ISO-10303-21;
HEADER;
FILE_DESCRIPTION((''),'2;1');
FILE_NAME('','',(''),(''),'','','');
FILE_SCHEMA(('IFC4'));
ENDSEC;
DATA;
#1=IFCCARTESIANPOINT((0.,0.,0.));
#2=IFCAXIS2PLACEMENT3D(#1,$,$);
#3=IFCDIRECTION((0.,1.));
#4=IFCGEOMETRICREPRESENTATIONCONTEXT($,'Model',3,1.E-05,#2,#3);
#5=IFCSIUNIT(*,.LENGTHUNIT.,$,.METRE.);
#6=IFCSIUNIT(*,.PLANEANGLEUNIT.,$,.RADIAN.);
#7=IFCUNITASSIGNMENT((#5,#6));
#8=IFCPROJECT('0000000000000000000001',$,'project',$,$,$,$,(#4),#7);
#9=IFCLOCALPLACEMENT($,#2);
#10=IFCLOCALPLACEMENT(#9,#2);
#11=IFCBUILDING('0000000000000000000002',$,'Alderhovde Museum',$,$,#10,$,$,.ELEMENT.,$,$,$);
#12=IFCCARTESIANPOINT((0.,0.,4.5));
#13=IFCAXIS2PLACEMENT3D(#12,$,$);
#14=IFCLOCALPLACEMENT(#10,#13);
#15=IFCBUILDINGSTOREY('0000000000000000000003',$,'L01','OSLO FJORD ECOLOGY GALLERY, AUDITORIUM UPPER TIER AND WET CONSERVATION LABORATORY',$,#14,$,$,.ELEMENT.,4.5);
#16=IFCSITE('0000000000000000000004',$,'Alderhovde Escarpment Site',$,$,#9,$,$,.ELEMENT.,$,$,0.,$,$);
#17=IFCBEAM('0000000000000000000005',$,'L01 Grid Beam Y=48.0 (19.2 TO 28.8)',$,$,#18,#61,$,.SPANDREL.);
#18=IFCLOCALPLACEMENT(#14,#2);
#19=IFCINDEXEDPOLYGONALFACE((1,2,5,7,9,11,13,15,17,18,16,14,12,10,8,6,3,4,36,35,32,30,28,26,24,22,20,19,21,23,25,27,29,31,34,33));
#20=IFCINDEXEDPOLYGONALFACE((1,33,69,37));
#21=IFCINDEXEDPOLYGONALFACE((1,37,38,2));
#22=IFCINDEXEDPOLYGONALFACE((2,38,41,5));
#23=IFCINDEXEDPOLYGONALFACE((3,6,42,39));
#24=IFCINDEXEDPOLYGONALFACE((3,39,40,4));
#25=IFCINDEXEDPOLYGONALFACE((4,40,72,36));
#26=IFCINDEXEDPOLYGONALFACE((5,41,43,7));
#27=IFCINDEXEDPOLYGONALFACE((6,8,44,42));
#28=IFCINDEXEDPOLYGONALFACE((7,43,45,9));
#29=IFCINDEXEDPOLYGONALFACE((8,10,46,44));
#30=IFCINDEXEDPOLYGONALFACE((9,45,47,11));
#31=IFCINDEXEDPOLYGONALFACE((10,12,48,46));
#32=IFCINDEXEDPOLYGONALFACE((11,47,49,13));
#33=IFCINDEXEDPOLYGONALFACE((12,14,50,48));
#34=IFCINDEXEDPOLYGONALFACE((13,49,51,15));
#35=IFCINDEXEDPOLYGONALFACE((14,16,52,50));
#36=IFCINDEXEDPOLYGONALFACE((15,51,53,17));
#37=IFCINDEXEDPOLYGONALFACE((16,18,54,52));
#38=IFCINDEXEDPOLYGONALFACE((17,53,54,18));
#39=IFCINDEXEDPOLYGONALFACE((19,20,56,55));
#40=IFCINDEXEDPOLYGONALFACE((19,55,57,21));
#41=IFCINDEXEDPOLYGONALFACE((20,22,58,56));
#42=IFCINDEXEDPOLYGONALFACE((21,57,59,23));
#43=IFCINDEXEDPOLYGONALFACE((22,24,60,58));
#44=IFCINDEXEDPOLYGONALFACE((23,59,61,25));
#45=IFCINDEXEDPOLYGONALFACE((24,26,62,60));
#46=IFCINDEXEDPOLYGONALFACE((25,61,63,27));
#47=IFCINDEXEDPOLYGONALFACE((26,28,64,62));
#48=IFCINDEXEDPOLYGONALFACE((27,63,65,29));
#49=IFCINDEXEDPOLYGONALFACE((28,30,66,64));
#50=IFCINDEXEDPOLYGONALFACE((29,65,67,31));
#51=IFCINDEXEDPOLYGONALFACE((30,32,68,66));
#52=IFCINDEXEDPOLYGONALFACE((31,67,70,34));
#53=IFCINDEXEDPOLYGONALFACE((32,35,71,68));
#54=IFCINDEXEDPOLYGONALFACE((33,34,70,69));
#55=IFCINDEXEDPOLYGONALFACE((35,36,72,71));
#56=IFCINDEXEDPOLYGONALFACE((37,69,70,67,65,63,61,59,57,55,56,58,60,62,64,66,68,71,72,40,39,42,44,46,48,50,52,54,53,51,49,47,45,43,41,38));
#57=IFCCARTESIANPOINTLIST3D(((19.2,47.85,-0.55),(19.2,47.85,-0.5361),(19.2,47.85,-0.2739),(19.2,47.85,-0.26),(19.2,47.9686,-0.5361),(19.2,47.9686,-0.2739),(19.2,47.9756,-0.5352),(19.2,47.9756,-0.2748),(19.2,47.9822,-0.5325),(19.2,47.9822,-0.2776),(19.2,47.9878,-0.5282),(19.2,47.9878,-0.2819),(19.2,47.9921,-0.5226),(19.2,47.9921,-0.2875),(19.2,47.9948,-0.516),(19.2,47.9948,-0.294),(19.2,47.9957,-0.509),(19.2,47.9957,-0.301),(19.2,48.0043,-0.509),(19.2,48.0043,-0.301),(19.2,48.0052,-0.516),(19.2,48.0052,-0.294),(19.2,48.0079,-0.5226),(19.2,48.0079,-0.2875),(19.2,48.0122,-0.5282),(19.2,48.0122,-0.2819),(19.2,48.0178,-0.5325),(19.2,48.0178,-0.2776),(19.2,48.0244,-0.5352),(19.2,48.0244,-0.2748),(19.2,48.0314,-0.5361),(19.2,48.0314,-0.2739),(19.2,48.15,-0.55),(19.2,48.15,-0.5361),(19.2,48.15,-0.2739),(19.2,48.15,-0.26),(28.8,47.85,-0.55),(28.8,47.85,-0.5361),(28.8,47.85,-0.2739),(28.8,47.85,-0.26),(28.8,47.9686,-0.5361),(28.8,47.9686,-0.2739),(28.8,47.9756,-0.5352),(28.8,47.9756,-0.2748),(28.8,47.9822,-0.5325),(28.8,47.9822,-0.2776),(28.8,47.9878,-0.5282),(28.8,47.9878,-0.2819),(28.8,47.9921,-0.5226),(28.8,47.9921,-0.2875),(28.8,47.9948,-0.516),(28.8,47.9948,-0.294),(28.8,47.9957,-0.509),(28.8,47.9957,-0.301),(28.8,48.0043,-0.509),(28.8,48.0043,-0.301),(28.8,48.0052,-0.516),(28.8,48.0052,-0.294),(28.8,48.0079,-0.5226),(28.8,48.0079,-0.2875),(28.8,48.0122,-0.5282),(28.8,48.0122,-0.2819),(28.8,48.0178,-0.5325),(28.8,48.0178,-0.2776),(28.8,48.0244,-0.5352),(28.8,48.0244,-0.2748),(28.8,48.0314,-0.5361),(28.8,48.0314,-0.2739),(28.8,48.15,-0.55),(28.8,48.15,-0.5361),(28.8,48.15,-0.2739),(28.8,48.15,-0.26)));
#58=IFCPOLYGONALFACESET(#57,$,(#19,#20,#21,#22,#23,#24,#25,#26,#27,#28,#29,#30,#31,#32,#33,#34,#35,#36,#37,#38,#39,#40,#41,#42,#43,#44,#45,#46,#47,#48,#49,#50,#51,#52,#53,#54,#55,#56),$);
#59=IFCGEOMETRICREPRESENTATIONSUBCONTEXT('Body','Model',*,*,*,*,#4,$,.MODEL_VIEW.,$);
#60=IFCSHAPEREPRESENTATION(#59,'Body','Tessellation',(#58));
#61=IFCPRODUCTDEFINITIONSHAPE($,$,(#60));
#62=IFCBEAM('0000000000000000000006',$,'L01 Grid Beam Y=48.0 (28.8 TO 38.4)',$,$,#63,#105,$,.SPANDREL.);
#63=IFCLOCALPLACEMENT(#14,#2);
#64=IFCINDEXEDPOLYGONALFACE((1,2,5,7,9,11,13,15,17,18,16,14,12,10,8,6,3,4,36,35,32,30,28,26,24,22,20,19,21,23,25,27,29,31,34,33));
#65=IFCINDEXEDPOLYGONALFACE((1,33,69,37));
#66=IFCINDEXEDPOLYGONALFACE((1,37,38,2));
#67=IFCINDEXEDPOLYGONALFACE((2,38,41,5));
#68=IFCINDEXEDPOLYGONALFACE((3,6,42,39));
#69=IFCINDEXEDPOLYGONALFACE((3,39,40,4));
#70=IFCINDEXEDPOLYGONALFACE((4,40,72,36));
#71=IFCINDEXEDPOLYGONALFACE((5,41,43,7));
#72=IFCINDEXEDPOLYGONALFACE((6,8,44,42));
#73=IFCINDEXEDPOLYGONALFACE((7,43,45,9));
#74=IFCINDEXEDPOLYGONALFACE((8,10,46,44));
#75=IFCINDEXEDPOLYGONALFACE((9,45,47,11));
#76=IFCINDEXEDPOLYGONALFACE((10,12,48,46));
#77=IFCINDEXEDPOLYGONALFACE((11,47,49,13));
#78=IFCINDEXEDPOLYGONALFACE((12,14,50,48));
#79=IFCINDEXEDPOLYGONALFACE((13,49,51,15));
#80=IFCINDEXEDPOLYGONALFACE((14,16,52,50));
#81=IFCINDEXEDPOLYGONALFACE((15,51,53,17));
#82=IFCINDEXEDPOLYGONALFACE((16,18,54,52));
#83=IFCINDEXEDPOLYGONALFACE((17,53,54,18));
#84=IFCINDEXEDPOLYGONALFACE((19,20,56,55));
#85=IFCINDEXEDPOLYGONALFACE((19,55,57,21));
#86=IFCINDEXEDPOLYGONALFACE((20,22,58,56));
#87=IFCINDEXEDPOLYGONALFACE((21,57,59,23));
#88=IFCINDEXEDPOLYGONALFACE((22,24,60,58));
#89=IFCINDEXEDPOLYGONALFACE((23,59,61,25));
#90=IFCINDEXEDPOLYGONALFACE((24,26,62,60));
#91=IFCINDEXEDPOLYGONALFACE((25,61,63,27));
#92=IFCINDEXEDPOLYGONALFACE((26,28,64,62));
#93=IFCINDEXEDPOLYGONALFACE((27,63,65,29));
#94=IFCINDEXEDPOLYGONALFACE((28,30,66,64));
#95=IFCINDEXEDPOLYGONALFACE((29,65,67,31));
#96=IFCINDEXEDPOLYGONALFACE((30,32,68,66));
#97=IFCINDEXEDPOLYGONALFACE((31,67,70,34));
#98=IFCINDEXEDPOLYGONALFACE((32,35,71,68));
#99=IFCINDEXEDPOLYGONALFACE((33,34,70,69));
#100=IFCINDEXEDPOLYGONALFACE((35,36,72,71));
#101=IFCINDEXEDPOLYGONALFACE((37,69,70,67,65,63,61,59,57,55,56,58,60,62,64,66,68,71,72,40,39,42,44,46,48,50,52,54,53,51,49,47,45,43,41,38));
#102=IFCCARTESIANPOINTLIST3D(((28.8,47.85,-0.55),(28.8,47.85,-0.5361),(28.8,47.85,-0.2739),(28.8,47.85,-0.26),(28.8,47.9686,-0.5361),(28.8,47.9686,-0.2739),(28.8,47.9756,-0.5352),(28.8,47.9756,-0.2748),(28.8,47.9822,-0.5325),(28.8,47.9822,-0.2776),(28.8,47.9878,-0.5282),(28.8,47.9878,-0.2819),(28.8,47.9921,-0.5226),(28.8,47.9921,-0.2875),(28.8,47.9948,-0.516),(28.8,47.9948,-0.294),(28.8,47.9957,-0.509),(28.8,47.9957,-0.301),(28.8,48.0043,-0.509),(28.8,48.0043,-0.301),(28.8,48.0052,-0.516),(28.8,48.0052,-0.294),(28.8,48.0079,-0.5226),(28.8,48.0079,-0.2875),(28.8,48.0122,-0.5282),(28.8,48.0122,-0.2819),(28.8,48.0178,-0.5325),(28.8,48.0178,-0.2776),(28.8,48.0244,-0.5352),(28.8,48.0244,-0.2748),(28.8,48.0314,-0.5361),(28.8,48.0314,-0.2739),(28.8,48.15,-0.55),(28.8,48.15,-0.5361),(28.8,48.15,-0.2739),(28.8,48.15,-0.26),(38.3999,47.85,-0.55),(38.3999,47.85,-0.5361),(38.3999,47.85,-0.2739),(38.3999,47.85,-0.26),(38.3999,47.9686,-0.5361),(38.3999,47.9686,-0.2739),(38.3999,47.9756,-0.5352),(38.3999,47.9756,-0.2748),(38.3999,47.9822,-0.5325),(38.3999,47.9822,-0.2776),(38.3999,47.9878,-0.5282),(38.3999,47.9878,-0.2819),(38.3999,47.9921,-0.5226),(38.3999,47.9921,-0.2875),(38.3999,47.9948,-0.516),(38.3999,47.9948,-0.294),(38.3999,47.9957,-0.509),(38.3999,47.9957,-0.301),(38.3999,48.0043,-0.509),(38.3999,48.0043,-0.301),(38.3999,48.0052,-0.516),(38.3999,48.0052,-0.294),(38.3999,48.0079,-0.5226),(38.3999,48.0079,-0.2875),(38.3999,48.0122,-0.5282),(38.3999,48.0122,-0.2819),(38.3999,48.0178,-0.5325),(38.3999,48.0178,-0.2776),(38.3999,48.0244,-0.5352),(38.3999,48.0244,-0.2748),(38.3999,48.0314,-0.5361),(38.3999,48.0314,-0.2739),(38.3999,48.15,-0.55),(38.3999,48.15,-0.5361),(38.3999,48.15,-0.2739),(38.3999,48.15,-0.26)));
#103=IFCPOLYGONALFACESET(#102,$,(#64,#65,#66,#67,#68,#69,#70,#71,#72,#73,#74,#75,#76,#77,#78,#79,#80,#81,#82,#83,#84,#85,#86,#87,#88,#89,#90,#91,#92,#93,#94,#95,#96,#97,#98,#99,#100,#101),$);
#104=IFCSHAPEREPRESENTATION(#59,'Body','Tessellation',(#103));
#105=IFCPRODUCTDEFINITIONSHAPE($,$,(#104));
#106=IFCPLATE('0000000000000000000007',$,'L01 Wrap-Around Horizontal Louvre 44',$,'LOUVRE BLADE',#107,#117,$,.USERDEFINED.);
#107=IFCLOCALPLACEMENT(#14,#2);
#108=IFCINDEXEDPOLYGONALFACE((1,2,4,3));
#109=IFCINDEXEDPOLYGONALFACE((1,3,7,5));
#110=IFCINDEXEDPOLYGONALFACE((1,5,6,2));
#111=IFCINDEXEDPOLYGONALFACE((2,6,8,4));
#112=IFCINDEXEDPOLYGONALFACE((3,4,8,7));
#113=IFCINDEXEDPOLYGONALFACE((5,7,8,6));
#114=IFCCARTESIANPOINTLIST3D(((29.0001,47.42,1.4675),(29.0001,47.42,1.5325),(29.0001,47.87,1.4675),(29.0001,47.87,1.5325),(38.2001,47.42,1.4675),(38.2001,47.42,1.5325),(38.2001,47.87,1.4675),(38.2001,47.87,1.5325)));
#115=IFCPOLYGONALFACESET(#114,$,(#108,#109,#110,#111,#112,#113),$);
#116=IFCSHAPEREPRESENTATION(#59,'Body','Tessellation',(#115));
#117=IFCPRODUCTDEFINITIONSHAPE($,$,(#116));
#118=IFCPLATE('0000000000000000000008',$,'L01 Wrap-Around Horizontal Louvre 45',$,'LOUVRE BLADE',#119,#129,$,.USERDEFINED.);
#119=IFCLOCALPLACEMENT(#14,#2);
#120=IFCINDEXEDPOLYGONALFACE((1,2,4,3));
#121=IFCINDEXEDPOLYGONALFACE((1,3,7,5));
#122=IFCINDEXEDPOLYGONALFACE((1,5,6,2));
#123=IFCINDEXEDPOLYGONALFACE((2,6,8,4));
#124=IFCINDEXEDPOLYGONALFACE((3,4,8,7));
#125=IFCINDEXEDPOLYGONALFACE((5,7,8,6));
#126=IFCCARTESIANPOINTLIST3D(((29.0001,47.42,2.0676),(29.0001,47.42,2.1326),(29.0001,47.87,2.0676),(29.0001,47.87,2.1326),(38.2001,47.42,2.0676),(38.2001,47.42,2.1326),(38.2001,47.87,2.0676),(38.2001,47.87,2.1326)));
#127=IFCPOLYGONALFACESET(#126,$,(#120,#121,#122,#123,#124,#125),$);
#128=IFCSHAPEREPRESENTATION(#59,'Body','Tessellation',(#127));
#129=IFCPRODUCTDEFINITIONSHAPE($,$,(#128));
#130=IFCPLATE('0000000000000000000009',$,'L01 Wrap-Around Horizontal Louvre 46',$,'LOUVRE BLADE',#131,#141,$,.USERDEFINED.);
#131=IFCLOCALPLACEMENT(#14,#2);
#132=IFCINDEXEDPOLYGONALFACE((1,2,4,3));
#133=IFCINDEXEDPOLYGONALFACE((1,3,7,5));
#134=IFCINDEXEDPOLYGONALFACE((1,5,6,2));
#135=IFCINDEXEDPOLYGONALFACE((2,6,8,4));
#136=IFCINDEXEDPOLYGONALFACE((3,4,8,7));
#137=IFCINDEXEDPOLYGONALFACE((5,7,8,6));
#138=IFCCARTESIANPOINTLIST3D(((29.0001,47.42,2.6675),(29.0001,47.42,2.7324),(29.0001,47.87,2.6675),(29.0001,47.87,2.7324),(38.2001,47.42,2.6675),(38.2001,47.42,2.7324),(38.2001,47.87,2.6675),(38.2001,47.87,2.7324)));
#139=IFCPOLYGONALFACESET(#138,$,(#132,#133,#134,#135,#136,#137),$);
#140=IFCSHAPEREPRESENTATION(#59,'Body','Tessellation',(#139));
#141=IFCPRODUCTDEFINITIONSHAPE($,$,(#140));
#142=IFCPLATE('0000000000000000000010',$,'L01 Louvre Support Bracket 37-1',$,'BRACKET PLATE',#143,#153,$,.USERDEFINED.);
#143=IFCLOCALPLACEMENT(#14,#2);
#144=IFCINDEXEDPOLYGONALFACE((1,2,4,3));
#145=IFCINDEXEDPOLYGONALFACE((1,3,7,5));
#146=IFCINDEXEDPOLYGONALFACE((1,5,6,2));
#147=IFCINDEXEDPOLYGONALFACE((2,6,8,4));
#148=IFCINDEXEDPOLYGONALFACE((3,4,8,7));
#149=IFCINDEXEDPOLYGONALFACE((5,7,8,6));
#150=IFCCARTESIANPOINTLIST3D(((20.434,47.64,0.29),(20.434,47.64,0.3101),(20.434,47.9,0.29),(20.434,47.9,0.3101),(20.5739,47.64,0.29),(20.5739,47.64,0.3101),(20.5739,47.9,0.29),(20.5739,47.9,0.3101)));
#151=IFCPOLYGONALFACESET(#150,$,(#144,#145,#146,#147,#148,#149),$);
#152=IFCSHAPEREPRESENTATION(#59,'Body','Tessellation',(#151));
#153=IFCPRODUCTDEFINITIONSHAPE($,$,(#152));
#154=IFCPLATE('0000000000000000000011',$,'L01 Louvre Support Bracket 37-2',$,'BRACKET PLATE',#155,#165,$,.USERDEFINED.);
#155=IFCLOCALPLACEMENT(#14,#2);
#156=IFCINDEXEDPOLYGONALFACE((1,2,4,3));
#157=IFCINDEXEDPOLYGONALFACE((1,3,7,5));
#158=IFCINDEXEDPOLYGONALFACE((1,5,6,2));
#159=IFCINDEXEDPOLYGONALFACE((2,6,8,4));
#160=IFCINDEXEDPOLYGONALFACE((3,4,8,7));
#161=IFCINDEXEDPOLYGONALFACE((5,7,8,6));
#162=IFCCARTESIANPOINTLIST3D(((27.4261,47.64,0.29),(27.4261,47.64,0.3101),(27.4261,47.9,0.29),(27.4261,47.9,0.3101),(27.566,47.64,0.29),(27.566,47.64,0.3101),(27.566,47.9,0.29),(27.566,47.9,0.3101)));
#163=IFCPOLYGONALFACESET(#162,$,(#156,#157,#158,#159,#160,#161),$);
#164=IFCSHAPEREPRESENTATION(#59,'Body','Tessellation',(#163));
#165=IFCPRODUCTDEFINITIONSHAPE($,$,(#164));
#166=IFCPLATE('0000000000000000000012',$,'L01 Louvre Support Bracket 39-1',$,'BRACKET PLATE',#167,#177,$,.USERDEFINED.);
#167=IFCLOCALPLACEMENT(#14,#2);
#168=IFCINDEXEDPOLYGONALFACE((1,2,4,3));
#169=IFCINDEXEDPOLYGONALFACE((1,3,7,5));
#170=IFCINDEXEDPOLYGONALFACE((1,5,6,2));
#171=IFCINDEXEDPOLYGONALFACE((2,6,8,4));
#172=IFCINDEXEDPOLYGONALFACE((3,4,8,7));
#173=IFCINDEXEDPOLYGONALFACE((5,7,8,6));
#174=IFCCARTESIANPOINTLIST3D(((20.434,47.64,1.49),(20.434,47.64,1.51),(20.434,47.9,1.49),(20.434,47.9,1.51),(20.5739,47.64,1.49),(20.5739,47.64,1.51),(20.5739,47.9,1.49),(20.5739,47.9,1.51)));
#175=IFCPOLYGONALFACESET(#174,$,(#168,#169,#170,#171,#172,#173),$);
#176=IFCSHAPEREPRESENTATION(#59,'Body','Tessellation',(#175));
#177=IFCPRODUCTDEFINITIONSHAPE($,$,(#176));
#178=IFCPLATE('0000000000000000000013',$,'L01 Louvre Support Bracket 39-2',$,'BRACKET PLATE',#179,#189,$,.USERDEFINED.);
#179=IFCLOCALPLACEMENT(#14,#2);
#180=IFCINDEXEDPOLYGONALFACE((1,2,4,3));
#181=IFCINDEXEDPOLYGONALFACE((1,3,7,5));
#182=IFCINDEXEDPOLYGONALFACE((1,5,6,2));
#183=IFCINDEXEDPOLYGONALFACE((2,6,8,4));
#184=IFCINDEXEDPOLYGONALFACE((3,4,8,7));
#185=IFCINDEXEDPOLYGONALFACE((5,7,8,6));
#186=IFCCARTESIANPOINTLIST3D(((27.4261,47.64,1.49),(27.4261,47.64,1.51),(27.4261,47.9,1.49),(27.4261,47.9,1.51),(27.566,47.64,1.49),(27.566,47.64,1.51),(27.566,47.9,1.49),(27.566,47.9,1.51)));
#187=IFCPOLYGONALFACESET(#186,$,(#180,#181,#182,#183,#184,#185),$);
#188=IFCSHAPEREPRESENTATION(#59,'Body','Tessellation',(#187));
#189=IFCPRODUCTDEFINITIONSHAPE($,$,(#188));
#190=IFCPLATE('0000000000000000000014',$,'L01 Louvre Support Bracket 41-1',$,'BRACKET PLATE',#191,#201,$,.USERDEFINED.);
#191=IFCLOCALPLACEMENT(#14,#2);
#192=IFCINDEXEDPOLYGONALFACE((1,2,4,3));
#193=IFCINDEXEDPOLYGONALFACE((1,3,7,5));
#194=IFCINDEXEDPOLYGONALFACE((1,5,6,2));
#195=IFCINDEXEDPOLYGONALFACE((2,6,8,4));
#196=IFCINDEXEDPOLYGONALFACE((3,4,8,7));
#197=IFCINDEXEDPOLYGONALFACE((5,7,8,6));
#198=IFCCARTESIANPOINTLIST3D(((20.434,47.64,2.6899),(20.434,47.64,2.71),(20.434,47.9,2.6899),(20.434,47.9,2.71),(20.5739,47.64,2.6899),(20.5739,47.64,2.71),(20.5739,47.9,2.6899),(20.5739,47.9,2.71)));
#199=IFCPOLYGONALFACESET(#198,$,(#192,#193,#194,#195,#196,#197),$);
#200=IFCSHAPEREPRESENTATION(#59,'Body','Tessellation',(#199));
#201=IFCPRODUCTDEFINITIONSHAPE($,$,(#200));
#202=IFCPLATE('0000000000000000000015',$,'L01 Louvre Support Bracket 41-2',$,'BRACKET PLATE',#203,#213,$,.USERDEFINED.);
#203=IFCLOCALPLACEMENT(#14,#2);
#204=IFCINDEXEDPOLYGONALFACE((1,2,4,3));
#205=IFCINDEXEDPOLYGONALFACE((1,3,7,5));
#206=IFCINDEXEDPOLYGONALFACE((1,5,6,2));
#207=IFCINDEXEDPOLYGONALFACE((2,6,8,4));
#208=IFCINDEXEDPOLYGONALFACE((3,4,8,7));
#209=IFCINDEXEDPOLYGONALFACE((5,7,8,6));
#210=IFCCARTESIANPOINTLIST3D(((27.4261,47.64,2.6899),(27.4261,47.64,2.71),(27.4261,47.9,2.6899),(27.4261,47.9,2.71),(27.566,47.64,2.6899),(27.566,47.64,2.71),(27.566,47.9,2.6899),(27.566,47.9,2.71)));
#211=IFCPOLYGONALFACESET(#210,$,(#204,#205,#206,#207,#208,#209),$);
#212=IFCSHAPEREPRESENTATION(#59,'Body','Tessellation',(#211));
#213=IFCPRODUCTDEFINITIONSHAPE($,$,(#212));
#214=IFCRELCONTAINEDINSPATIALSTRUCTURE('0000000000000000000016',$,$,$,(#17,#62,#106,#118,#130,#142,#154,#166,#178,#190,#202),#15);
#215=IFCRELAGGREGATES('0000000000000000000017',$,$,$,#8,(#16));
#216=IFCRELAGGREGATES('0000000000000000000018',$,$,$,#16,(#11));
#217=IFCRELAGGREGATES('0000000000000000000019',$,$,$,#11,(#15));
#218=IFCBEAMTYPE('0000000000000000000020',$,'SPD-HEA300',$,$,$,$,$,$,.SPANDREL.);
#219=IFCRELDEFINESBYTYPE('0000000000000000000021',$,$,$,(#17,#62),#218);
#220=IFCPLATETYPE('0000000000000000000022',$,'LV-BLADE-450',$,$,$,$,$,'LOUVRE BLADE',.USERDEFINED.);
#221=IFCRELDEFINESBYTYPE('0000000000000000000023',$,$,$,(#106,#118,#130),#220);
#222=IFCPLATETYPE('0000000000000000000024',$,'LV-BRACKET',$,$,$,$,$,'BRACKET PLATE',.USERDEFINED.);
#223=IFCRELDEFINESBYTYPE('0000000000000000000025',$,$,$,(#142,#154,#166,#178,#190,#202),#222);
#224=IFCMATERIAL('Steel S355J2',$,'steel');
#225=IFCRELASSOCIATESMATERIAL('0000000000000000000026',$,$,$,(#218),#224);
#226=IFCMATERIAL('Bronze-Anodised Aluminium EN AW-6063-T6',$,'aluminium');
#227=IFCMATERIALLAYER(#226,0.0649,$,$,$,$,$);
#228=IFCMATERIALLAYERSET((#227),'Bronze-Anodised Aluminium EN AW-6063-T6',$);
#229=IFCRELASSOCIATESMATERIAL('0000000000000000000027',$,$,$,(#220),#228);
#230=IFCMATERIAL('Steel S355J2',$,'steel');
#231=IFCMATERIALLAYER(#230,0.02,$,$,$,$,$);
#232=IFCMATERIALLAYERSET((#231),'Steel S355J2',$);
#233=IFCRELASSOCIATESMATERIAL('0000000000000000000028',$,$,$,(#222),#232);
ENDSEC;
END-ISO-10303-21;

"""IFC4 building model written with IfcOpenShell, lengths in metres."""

from ifc_helpers import new_model, si_unit, direction, frame, origin, origin_2d, place, context, subcontext, project, spatial, rectangle, i_section, extrude, material, layer, layer_set, material_profile, profile_set, type_object, element, save


model = new_model("IFC4")

# Units and contexts
model_context = context("Model", 3, precision=1e-05, world=origin(), true_north=direction((0.0, 1.0)))
body_context = subcontext(model_context, "Body", "Model", "MODEL_VIEW")
ifc_project = project(units=[si_unit("LENGTHUNIT", "METRE"), si_unit("PLANEANGLEUNIT", "RADIAN")], contexts=[model_context])

# Site, building, storey
site_placement = place(None, origin())
site = spatial("IfcSite", under=ifc_project, at=site_placement, Name="Alderhovde Escarpment Site", CompositionType="ELEMENT", RefElevation=0.0)
building_placement = place(site_placement, origin())
building = spatial("IfcBuilding", under=site, at=building_placement, Name="Alderhovde Museum", CompositionType="ELEMENT")
storey_placement = place(building_placement, frame((0.0, 0.0, 4.5)))
storey = spatial("IfcBuildingStorey", under=building, at=storey_placement, Name="L01", Description="OSLO FJORD ECOLOGY GALLERY, AUDITORIUM UPPER TIER AND WET CONSERVATION LABORATORY", CompositionType="ELEMENT", Elevation=4.5)

# Beams
ifc_material_1 = material(Name="Steel S355J2", Category="steel")
ifc_material_profile_1 = material_profile(ifc_material_1, i_section(OverallWidth=0.3, OverallDepth=0.29, WebThickness=0.0085, FlangeThickness=0.0139, FilletRadius=0.0271, at=origin_2d()), Name="HEA 300")
ifc_profile_set_1 = profile_set([ifc_material_profile_1], Name="Steel S355J2")
beam_type_1 = type_object("IfcBeamType", Name="SPD-HEA300", PredefinedType="SPANDREL", material=ifc_profile_set_1)
beam_1_placement = place(storey_placement, frame((19.2, 48.0, -0.405), z_axis=(1.0, 0.0, 0.0), x_axis=(0.0, 1.0, 0.0)))
element("IfcBeam", 1, at=beam_1_placement, inside=storey, type_object=beam_type_1, Name="L01 Grid Beam Y=48.0 (19.2 TO 28.8)", PredefinedType="SPANDREL", context=body_context, shape_type="SweptSolid", body=[
    extrude(i_section(OverallWidth=0.3, OverallDepth=0.29, WebThickness=0.0085, FlangeThickness=0.0139, FilletRadius=0.0271, at=origin_2d()), origin(), (0.0, 0.0, 1.0), 9.6001),
])
beam_2_placement = place(storey_placement, frame((28.8, 48.0, -0.405), z_axis=(1.0, 0.0, 0.0), x_axis=(0.0, 1.0, 0.0)))
element("IfcBeam", 2, at=beam_2_placement, inside=storey, type_object=beam_type_1, Name="L01 Grid Beam Y=48.0 (28.8 TO 38.4)", PredefinedType="SPANDREL", context=body_context, shape_type="SweptSolid", body=[
    extrude(i_section(OverallWidth=0.3, OverallDepth=0.29, WebThickness=0.0085, FlangeThickness=0.0139, FilletRadius=0.0271, at=origin_2d()), origin(), (0.0, 0.0, 1.0), 9.5999),
])

# Plates
ifc_material_2 = material(Name="Bronze-Anodised Aluminium EN AW-6063-T6", Category="aluminium")
ifc_layer_1 = layer(ifc_material_2, 0.0649)
ifc_layer_set_1 = layer_set([ifc_layer_1], Name="Bronze-Anodised Aluminium EN AW-6063-T6")
plate_type_1 = type_object("IfcPlateType", Name="LV-BLADE-450", ElementType="LOUVRE BLADE", PredefinedType="USERDEFINED", material=ifc_layer_set_1)
for number, where, z_axis, x_axis, name in (
    (3, (33.6001, 47.645, 1.4675), (0.0, 0.0, 1.0), (1.0, 0.0, 0.0), "L01 Wrap-Around Horizontal Louvre 44"),
    (4, (33.6001, 47.645, 2.0676), (0.0, 0.0, 1.0), (1.0, 0.0, 0.0), "L01 Wrap-Around Horizontal Louvre 45"),
    (5, (33.6001, 47.645, 2.6675), (0.0, 0.0, 1.0), (1.0, 0.0, 0.0), "L01 Wrap-Around Horizontal Louvre 46"),
):
    element("IfcPlate", number, at=place(storey_placement, frame(where, z_axis=z_axis, x_axis=x_axis)), inside=storey, type_object=plate_type_1, Name=name, ObjectType="LOUVRE BLADE", PredefinedType="USERDEFINED", context=body_context, shape_type="SweptSolid", body=[
        extrude(rectangle(XDim=9.2, YDim=0.45, at=origin_2d()), origin(), (0.0, 0.0, 1.0), 0.0649),
    ])
ifc_material_3 = material(Name="Steel S355J2", Category="steel")
ifc_layer_2 = layer(ifc_material_3, 0.02)
ifc_layer_set_2 = layer_set([ifc_layer_2], Name="Steel S355J2")
plate_type_2 = type_object("IfcPlateType", Name="LV-BRACKET", ElementType="BRACKET PLATE", PredefinedType="USERDEFINED", material=ifc_layer_set_2)
for number, where, z_axis, x_axis, name in (
    (6, (20.5039, 47.77, 0.29), (0.0, 0.0, 1.0), (1.0, 0.0, 0.0), "L01 Louvre Support Bracket 37-1"),
    (7, (27.4961, 47.77, 0.29), (0.0, 0.0, 1.0), (1.0, 0.0, 0.0), "L01 Louvre Support Bracket 37-2"),
    (8, (20.5039, 47.77, 1.49), (0.0, 0.0, 1.0), (1.0, 0.0, 0.0), "L01 Louvre Support Bracket 39-1"),
    (9, (27.4961, 47.77, 1.49), (0.0, 0.0, 1.0), (1.0, 0.0, 0.0), "L01 Louvre Support Bracket 39-2"),
    (10, (20.5039, 47.77, 2.6899), (0.0, 0.0, 1.0), (1.0, 0.0, 0.0), "L01 Louvre Support Bracket 41-1"),
    (11, (27.4961, 47.77, 2.6899), (0.0, 0.0, 1.0), (1.0, 0.0, 0.0), "L01 Louvre Support Bracket 41-2"),
):
    element("IfcPlate", number, at=place(storey_placement, frame(where, z_axis=z_axis, x_axis=x_axis)), inside=storey, type_object=plate_type_2, Name=name, ObjectType="BRACKET PLATE", PredefinedType="USERDEFINED", context=body_context, shape_type="SweptSolid", body=[
        extrude(rectangle(XDim=0.1399, YDim=0.26, at=origin_2d()), origin(), (0.0, 0.0, 1.0), 0.02),
    ])

save(model, "model.ifc")
